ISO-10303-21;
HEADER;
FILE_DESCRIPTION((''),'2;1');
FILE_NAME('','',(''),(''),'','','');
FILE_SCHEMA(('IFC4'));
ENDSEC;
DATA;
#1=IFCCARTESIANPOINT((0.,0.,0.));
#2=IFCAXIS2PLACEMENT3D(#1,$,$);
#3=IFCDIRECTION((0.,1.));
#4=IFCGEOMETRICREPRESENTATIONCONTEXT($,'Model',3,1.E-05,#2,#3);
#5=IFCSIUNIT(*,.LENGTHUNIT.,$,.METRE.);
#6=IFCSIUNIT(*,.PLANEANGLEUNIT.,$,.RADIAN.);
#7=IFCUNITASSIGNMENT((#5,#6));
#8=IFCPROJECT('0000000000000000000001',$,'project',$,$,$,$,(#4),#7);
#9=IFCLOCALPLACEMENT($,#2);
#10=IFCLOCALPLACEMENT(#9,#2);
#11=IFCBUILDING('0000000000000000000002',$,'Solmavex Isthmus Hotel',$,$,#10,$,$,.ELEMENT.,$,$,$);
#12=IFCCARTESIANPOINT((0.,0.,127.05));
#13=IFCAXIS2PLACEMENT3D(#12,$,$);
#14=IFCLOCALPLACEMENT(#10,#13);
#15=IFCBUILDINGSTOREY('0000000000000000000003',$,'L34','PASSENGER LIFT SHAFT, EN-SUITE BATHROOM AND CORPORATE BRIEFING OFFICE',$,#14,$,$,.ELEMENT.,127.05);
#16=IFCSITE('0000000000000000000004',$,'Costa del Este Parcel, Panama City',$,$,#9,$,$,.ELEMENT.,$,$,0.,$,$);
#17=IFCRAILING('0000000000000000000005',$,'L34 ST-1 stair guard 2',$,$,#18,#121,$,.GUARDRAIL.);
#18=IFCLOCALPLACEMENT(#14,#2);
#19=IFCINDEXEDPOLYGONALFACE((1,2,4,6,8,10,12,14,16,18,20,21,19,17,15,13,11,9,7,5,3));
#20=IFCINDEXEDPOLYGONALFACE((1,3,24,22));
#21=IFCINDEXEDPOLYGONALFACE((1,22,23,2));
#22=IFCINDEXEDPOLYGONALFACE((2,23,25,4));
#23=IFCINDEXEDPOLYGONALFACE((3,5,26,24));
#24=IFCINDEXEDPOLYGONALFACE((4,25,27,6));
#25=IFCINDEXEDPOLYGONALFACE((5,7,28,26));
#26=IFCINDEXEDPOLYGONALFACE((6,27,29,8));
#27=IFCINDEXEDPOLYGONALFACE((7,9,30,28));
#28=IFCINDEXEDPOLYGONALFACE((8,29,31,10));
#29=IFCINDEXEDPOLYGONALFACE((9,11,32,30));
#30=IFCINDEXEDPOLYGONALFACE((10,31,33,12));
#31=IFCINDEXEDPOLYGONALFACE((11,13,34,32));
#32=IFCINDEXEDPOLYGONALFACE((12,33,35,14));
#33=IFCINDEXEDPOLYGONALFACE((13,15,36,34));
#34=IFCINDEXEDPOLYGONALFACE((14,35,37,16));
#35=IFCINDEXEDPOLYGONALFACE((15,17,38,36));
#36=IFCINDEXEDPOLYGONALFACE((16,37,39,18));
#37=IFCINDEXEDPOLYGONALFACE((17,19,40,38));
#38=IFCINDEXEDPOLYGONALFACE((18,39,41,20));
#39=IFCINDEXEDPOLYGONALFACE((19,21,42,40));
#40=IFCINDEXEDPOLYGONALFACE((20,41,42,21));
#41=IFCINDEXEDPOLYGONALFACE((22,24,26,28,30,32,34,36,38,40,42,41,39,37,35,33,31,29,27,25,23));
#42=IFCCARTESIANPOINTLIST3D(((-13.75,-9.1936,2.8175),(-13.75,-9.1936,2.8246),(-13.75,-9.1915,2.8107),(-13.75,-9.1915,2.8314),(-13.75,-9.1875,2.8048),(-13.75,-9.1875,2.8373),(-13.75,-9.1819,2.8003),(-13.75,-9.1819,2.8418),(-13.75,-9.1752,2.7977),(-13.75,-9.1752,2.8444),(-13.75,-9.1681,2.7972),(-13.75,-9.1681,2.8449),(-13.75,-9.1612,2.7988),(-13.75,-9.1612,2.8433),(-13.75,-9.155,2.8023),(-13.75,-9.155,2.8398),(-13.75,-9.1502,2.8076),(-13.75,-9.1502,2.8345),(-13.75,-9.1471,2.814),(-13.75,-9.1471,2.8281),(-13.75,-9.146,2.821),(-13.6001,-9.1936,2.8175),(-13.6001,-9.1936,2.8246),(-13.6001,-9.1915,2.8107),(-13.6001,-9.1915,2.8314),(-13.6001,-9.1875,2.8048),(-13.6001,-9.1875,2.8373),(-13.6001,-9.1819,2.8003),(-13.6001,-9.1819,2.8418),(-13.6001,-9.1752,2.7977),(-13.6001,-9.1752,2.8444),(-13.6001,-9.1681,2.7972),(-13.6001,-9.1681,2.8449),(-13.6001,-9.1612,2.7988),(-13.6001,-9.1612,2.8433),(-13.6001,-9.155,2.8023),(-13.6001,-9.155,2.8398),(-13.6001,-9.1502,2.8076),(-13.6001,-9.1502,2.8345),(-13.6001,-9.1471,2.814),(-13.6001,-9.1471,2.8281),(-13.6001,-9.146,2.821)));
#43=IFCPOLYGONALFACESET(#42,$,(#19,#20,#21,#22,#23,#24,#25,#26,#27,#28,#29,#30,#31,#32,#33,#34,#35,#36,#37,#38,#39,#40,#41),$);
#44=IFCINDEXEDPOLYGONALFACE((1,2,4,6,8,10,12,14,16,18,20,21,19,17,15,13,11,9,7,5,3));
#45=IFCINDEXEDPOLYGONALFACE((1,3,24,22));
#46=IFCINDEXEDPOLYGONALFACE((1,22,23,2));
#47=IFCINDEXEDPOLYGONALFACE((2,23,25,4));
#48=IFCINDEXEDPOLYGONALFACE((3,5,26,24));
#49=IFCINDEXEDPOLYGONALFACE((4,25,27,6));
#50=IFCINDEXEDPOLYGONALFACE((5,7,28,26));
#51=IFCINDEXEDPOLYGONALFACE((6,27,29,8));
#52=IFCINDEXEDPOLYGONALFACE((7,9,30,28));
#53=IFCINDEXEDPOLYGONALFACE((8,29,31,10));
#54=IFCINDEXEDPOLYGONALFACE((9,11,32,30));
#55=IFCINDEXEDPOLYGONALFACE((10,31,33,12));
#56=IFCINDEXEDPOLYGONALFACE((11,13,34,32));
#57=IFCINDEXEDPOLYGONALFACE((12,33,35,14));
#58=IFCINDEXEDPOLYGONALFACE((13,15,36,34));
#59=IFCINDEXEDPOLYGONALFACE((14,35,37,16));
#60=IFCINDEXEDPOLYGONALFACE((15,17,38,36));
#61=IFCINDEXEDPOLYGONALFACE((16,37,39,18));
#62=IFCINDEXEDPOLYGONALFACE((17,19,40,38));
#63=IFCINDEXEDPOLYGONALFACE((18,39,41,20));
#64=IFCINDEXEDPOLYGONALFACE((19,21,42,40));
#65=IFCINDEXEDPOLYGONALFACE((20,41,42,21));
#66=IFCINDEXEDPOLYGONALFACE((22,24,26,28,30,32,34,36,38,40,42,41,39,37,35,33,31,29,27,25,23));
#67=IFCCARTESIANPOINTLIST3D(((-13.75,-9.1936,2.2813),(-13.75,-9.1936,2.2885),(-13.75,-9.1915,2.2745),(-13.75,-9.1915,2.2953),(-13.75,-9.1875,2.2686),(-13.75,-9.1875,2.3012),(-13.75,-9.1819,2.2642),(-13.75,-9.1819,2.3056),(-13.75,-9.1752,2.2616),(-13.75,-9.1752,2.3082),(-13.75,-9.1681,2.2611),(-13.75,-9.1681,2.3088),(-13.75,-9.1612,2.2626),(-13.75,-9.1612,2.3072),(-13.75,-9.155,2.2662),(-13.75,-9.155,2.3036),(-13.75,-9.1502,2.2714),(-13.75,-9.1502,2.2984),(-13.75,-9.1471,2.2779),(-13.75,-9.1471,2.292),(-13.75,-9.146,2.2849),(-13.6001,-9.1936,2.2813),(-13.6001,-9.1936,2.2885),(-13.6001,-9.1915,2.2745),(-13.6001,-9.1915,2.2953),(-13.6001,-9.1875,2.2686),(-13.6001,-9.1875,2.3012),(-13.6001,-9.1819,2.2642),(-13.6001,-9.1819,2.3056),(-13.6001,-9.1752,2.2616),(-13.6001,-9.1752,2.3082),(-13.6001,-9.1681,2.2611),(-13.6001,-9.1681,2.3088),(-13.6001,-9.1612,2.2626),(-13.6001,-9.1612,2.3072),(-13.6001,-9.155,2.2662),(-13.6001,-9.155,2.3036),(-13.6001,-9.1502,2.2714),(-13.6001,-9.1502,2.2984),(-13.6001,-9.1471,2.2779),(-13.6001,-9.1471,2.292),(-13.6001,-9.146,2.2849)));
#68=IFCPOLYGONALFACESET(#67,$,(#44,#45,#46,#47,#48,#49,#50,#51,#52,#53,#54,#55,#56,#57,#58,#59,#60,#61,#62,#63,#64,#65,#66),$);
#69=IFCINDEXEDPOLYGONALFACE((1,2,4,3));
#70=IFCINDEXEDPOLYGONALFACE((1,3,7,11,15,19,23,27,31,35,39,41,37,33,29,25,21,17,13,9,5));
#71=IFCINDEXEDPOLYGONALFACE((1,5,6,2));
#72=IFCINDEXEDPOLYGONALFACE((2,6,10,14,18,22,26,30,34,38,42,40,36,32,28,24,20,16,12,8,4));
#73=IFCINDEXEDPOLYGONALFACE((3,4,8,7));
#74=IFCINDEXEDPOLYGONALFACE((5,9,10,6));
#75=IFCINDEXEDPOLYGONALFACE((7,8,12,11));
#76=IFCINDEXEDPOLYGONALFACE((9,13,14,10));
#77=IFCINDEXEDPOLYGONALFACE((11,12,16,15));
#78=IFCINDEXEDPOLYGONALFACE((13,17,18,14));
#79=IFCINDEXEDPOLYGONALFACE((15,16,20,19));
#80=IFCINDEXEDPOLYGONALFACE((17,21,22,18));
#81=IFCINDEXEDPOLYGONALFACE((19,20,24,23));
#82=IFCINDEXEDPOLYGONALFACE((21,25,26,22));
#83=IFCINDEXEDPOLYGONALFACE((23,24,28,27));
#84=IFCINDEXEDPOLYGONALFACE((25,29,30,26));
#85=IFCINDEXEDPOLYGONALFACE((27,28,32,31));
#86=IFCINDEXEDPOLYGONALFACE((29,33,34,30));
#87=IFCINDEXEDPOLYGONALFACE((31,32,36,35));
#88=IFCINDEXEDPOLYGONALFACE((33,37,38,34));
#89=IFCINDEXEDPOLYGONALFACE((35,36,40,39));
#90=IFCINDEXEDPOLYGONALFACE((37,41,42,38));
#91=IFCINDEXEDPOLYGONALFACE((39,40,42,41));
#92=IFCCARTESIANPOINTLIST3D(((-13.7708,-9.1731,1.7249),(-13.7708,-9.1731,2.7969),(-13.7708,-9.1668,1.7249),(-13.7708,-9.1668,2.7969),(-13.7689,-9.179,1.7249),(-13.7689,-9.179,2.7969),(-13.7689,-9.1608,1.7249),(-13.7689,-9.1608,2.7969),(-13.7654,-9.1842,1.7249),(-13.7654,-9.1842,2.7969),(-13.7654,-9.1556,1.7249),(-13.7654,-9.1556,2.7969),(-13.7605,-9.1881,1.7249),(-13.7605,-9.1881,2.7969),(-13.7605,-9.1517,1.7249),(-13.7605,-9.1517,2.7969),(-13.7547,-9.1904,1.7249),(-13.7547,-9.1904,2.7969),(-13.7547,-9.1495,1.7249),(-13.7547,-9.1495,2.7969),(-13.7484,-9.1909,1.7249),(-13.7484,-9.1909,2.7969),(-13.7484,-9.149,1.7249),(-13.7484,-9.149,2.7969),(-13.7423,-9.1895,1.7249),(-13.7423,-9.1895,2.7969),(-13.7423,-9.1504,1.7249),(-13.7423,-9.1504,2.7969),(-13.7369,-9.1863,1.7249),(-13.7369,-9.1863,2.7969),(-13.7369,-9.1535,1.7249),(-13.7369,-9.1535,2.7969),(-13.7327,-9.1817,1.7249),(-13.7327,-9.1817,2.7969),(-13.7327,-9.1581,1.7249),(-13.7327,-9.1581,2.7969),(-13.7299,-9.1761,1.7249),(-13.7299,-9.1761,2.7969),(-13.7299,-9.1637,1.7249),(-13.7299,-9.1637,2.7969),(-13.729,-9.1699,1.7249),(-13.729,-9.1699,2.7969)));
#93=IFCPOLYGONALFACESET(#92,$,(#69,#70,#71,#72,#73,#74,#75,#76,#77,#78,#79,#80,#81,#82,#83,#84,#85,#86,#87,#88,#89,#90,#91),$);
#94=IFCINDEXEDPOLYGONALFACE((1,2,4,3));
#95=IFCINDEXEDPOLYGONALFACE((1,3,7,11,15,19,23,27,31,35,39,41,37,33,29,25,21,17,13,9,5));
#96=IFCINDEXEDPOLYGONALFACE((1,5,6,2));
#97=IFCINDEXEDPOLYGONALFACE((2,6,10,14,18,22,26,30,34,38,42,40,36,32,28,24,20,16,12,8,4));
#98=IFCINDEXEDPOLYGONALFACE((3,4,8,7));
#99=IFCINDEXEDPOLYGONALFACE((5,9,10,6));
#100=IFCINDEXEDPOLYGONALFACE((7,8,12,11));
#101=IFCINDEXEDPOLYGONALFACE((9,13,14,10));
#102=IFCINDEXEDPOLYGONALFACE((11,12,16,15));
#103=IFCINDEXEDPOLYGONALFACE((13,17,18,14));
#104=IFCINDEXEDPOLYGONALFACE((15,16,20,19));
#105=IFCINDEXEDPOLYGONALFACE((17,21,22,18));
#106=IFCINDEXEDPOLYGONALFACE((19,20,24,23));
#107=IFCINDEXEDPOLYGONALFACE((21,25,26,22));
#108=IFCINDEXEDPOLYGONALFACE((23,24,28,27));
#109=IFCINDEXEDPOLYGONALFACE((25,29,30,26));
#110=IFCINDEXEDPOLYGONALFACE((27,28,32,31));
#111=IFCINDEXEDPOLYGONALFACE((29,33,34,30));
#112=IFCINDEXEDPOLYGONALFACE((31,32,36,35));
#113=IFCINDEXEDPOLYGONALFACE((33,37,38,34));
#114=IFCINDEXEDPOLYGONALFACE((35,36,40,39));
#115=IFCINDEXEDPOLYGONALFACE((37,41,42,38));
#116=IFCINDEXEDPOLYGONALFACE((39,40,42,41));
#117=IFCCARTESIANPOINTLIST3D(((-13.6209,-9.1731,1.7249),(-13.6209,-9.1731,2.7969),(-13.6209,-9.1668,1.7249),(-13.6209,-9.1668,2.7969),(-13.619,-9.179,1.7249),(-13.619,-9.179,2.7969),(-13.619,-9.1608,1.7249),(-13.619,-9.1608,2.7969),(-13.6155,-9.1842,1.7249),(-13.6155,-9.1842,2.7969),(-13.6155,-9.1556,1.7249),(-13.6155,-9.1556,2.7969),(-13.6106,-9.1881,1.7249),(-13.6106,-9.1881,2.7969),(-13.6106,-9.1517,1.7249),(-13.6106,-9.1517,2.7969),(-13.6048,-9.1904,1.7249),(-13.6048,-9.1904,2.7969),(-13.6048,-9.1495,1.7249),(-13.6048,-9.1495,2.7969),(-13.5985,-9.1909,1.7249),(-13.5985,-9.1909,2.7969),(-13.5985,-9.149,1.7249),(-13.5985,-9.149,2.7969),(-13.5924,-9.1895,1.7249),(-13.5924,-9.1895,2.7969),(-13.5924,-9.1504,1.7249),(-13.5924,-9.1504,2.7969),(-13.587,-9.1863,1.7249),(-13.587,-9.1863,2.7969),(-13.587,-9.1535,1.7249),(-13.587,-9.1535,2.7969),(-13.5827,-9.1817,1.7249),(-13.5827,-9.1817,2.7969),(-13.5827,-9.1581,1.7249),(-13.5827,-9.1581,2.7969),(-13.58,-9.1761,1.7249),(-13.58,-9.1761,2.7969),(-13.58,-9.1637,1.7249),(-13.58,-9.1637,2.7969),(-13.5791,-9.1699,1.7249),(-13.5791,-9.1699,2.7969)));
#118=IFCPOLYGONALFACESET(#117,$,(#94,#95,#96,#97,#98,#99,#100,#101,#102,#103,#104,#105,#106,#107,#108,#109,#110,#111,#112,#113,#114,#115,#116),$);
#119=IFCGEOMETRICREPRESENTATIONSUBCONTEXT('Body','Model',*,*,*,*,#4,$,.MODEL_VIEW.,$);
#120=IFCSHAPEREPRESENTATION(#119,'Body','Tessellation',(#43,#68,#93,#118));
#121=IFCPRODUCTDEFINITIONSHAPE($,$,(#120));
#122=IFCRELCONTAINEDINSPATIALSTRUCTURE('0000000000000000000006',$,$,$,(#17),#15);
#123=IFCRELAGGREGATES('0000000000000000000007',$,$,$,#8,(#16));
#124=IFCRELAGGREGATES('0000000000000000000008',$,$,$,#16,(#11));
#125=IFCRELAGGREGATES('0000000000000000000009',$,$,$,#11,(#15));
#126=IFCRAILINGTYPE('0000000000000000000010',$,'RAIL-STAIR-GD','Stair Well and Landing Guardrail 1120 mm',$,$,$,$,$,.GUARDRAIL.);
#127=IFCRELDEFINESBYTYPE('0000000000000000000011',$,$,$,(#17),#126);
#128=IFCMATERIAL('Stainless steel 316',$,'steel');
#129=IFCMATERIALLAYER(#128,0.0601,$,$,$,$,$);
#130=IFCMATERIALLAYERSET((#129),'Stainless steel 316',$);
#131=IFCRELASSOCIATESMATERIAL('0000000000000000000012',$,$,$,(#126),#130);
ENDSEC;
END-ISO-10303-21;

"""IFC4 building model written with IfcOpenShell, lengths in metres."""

from ifc_helpers import new_model, si_unit, direction, frame, origin, origin_2d, place, context, subcontext, project, spatial, circle, extrude, material, layer, layer_set, type_object, element, save


model = new_model("IFC4")

# Units and contexts
model_context = context("Model", 3, precision=1e-05, world=origin(), true_north=direction((0.0, 1.0)))
body_context = subcontext(model_context, "Body", "Model", "MODEL_VIEW")
ifc_project = project(units=[si_unit("LENGTHUNIT", "METRE"), si_unit("PLANEANGLEUNIT", "RADIAN")], contexts=[model_context])

# Site, building, storey
site_placement = place(None, origin())
site = spatial("IfcSite", under=ifc_project, at=site_placement, Name="Costa del Este Parcel, Panama City", CompositionType="ELEMENT", RefElevation=0.0)
building_placement = place(site_placement, origin())
building = spatial("IfcBuilding", under=site, at=building_placement, Name="Solmavex Isthmus Hotel", CompositionType="ELEMENT")
storey_placement = place(building_placement, frame((0.0, 0.0, 127.05)))
storey = spatial("IfcBuildingStorey", under=building, at=storey_placement, Name="L34", Description="PASSENGER LIFT SHAFT, EN-SUITE BATHROOM AND CORPORATE BRIEFING OFFICE", CompositionType="ELEMENT", Elevation=127.05)

# Railing
ifc_material_1 = material(Name="Stainless steel 316", Category="steel")
ifc_layer_1 = layer(ifc_material_1, 0.0601)
ifc_layer_set_1 = layer_set([ifc_layer_1], Name="Stainless steel 316")
railing_type_1 = type_object("IfcRailingType", Name="RAIL-STAIR-GD", Description="Stair Well and Landing Guardrail 1120 mm", PredefinedType="GUARDRAIL", material=ifc_layer_set_1)
railing_1_placement = place(storey_placement, frame((-13.75, -9.1699, 1.7249)))
element("IfcRailing", 1, at=railing_1_placement, inside=storey, type_object=railing_type_1, Name="L34 ST-1 stair guard 2", PredefinedType="GUARDRAIL", context=body_context, shape_type="SweptSolid", body=[
    extrude(circle(Radius=0.0239, at=origin_2d()), frame((0.0, 0.0, 1.0962), z_axis=(1.0, 0.0, 0.0), x_axis=(0.0, 1.0, 0.0)), (0.0, 0.0, 1.0), 0.1499),
    extrude(circle(Radius=0.0239, at=origin_2d()), frame((0.0, 0.0, 0.5601), z_axis=(1.0, 0.0, 0.0), x_axis=(0.0, 1.0, 0.0)), (0.0, 0.0, 1.0), 0.1499),
    extrude(circle(Radius=0.021, at=origin_2d()), origin(), (0.0, 0.0, 1.0), 1.072),
    extrude(circle(Radius=0.021, at=origin_2d()), frame((0.1499, 0.0, 0.0)), (0.0, 0.0, 1.0), 1.072),
])

save(model, "model.ifc")
